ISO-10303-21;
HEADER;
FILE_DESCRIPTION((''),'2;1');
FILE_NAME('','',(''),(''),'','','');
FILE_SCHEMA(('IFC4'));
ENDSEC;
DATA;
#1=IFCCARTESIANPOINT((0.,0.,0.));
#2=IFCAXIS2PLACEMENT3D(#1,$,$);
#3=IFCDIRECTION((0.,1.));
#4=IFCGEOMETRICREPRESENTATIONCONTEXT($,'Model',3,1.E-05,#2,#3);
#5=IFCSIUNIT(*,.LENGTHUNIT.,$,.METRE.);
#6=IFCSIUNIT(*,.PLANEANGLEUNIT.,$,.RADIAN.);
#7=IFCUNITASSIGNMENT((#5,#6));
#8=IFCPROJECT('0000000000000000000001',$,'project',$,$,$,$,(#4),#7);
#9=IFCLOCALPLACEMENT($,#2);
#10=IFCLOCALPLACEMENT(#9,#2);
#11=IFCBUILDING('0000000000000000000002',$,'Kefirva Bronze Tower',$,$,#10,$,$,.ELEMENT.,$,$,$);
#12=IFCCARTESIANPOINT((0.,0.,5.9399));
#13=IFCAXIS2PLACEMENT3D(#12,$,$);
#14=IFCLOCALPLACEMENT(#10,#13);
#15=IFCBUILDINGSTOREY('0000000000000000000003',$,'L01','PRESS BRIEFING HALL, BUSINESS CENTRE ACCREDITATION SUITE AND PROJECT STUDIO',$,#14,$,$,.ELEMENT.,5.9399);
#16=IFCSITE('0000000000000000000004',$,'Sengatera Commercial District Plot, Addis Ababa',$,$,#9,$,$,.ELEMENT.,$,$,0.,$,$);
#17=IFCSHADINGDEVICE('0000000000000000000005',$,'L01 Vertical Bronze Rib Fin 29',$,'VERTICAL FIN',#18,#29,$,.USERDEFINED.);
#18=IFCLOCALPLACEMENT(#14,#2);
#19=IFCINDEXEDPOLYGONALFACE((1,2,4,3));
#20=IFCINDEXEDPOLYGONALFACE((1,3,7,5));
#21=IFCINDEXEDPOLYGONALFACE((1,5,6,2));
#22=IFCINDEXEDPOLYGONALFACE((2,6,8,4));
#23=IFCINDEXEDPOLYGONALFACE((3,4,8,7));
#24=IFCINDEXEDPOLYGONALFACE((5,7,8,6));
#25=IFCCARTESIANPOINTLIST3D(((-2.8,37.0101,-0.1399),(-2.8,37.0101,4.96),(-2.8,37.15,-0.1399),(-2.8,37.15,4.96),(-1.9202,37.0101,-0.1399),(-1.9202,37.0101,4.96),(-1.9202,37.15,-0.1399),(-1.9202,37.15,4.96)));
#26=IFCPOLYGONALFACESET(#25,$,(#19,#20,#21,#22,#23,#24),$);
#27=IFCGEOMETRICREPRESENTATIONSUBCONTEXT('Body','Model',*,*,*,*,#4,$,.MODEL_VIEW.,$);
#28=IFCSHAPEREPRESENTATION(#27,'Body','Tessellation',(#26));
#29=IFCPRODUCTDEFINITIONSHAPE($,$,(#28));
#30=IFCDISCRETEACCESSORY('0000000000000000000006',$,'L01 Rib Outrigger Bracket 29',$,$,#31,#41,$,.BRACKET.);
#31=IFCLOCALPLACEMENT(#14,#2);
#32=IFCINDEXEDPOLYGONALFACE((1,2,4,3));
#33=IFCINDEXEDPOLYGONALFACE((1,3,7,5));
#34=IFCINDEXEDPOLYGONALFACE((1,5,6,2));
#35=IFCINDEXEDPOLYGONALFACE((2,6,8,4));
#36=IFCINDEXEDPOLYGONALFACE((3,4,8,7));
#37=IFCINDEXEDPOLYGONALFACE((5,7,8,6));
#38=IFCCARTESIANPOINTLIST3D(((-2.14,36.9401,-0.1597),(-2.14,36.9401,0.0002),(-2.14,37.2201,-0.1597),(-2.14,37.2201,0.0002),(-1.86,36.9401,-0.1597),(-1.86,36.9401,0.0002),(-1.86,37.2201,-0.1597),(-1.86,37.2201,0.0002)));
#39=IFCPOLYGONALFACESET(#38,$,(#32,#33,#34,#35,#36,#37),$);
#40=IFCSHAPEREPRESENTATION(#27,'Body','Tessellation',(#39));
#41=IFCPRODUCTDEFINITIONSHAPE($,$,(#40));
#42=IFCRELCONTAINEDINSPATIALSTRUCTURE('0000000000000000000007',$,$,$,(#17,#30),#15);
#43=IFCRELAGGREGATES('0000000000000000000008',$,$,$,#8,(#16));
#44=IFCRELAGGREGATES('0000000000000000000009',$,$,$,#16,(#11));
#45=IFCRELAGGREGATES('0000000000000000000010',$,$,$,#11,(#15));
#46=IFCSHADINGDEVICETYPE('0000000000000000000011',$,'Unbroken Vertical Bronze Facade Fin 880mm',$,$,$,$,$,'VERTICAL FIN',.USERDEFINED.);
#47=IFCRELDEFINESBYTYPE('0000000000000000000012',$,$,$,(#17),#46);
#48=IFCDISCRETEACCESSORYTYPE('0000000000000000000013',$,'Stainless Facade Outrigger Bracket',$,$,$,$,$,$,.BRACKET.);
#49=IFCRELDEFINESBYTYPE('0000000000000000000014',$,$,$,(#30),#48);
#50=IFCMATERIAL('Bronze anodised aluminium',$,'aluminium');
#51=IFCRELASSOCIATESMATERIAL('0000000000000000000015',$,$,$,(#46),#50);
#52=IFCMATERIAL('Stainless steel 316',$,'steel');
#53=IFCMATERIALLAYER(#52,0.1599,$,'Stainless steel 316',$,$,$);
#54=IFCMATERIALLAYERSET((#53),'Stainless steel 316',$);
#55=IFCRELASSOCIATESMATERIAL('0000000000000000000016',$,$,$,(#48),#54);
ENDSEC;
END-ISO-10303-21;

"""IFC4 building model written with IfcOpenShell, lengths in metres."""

from ifc_helpers import new_model, si_unit, direction, frame, origin, origin_2d, place, context, subcontext, project, spatial, rectangle, extrude, material, layer, layer_set, material_profile, profile_set, type_object, element, save


model = new_model("IFC4")

# Units and contexts
model_context = context("Model", 3, precision=1e-05, world=origin(), true_north=direction((0.0, 1.0)))
body_context = subcontext(model_context, "Body", "Model", "MODEL_VIEW")
ifc_project = project(units=[si_unit("LENGTHUNIT", "METRE"), si_unit("PLANEANGLEUNIT", "RADIAN")], contexts=[model_context])

# Site, building, storey
site_placement = place(None, origin())
site = spatial("IfcSite", under=ifc_project, at=site_placement, Name="Sengatera Commercial District Plot, Addis Ababa", CompositionType="ELEMENT", RefElevation=0.0)
building_placement = place(site_placement, origin())
building = spatial("IfcBuilding", under=site, at=building_placement, Name="Kefirva Bronze Tower", CompositionType="ELEMENT")
storey_placement = place(building_placement, frame((0.0, 0.0, 5.9399)))
storey = spatial("IfcBuildingStorey", under=building, at=storey_placement, Name="L01", Description="PRESS BRIEFING HALL, BUSINESS CENTRE ACCREDITATION SUITE AND PROJECT STUDIO", CompositionType="ELEMENT", Elevation=5.9399)

# Shared definitions
ifc_material_1 = material(Name="Bronze anodised aluminium", Category="aluminium")

# Shared definitions
ifc_material_2 = material(Name="Stainless steel 316", Category="steel")

# Shading device
ifc_material_profile_1 = material_profile(ifc_material_1, rectangle(XDim=0.1399, YDim=0.8799, at=origin_2d()), Name="BRONZE FIN 140x880")
ifc_profile_set_1 = profile_set([ifc_material_profile_1], Name="Bronze anodised aluminium")
shading_device_type = type_object("IfcShadingDeviceType", Name="Unbroken Vertical Bronze Facade Fin 880mm", ElementType="VERTICAL FIN", PredefinedType="USERDEFINED", material=ifc_profile_set_1)
shading_device_placement = place(storey_placement, frame((-2.3601, 37.0801, -0.1399), z_axis=(0.0, 0.0, 1.0), x_axis=(0.0, -1.0, 0.0)))
element("IfcShadingDevice", 1, at=shading_device_placement, inside=storey, type_object=shading_device_type, Name="L01 Vertical Bronze Rib Fin 29", ObjectType="VERTICAL FIN", PredefinedType="USERDEFINED", context=body_context, shape_type="SweptSolid", body=[
    extrude(rectangle(XDim=0.1399, YDim=0.8799, at=origin_2d()), origin(), (0.0, 0.0, 1.0), 5.0999),
])

# Discrete accessory
ifc_layer_1 = layer(ifc_material_2, 0.1599, Name="Stainless steel 316")
ifc_layer_set_1 = layer_set([ifc_layer_1], Name="Stainless steel 316")
discrete_accessory_type = type_object("IfcDiscreteAccessoryType", Name="Stainless Facade Outrigger Bracket", PredefinedType="BRACKET", material=ifc_layer_set_1)
discrete_accessory_placement = place(storey_placement, frame((-2.0, 37.0801, -0.1597), z_axis=(0.0, 0.0, 1.0), x_axis=(0.0, -1.0, 0.0)))
element("IfcDiscreteAccessory", 2, at=discrete_accessory_placement, inside=storey, type_object=discrete_accessory_type, Name="L01 Rib Outrigger Bracket 29", PredefinedType="BRACKET", context=body_context, shape_type="SweptSolid", body=[
    extrude(rectangle(XDim=0.28, YDim=0.28, at=origin_2d()), origin(), (0.0, 0.0, 1.0), 0.1599),
])

save(model, "model.ifc")
